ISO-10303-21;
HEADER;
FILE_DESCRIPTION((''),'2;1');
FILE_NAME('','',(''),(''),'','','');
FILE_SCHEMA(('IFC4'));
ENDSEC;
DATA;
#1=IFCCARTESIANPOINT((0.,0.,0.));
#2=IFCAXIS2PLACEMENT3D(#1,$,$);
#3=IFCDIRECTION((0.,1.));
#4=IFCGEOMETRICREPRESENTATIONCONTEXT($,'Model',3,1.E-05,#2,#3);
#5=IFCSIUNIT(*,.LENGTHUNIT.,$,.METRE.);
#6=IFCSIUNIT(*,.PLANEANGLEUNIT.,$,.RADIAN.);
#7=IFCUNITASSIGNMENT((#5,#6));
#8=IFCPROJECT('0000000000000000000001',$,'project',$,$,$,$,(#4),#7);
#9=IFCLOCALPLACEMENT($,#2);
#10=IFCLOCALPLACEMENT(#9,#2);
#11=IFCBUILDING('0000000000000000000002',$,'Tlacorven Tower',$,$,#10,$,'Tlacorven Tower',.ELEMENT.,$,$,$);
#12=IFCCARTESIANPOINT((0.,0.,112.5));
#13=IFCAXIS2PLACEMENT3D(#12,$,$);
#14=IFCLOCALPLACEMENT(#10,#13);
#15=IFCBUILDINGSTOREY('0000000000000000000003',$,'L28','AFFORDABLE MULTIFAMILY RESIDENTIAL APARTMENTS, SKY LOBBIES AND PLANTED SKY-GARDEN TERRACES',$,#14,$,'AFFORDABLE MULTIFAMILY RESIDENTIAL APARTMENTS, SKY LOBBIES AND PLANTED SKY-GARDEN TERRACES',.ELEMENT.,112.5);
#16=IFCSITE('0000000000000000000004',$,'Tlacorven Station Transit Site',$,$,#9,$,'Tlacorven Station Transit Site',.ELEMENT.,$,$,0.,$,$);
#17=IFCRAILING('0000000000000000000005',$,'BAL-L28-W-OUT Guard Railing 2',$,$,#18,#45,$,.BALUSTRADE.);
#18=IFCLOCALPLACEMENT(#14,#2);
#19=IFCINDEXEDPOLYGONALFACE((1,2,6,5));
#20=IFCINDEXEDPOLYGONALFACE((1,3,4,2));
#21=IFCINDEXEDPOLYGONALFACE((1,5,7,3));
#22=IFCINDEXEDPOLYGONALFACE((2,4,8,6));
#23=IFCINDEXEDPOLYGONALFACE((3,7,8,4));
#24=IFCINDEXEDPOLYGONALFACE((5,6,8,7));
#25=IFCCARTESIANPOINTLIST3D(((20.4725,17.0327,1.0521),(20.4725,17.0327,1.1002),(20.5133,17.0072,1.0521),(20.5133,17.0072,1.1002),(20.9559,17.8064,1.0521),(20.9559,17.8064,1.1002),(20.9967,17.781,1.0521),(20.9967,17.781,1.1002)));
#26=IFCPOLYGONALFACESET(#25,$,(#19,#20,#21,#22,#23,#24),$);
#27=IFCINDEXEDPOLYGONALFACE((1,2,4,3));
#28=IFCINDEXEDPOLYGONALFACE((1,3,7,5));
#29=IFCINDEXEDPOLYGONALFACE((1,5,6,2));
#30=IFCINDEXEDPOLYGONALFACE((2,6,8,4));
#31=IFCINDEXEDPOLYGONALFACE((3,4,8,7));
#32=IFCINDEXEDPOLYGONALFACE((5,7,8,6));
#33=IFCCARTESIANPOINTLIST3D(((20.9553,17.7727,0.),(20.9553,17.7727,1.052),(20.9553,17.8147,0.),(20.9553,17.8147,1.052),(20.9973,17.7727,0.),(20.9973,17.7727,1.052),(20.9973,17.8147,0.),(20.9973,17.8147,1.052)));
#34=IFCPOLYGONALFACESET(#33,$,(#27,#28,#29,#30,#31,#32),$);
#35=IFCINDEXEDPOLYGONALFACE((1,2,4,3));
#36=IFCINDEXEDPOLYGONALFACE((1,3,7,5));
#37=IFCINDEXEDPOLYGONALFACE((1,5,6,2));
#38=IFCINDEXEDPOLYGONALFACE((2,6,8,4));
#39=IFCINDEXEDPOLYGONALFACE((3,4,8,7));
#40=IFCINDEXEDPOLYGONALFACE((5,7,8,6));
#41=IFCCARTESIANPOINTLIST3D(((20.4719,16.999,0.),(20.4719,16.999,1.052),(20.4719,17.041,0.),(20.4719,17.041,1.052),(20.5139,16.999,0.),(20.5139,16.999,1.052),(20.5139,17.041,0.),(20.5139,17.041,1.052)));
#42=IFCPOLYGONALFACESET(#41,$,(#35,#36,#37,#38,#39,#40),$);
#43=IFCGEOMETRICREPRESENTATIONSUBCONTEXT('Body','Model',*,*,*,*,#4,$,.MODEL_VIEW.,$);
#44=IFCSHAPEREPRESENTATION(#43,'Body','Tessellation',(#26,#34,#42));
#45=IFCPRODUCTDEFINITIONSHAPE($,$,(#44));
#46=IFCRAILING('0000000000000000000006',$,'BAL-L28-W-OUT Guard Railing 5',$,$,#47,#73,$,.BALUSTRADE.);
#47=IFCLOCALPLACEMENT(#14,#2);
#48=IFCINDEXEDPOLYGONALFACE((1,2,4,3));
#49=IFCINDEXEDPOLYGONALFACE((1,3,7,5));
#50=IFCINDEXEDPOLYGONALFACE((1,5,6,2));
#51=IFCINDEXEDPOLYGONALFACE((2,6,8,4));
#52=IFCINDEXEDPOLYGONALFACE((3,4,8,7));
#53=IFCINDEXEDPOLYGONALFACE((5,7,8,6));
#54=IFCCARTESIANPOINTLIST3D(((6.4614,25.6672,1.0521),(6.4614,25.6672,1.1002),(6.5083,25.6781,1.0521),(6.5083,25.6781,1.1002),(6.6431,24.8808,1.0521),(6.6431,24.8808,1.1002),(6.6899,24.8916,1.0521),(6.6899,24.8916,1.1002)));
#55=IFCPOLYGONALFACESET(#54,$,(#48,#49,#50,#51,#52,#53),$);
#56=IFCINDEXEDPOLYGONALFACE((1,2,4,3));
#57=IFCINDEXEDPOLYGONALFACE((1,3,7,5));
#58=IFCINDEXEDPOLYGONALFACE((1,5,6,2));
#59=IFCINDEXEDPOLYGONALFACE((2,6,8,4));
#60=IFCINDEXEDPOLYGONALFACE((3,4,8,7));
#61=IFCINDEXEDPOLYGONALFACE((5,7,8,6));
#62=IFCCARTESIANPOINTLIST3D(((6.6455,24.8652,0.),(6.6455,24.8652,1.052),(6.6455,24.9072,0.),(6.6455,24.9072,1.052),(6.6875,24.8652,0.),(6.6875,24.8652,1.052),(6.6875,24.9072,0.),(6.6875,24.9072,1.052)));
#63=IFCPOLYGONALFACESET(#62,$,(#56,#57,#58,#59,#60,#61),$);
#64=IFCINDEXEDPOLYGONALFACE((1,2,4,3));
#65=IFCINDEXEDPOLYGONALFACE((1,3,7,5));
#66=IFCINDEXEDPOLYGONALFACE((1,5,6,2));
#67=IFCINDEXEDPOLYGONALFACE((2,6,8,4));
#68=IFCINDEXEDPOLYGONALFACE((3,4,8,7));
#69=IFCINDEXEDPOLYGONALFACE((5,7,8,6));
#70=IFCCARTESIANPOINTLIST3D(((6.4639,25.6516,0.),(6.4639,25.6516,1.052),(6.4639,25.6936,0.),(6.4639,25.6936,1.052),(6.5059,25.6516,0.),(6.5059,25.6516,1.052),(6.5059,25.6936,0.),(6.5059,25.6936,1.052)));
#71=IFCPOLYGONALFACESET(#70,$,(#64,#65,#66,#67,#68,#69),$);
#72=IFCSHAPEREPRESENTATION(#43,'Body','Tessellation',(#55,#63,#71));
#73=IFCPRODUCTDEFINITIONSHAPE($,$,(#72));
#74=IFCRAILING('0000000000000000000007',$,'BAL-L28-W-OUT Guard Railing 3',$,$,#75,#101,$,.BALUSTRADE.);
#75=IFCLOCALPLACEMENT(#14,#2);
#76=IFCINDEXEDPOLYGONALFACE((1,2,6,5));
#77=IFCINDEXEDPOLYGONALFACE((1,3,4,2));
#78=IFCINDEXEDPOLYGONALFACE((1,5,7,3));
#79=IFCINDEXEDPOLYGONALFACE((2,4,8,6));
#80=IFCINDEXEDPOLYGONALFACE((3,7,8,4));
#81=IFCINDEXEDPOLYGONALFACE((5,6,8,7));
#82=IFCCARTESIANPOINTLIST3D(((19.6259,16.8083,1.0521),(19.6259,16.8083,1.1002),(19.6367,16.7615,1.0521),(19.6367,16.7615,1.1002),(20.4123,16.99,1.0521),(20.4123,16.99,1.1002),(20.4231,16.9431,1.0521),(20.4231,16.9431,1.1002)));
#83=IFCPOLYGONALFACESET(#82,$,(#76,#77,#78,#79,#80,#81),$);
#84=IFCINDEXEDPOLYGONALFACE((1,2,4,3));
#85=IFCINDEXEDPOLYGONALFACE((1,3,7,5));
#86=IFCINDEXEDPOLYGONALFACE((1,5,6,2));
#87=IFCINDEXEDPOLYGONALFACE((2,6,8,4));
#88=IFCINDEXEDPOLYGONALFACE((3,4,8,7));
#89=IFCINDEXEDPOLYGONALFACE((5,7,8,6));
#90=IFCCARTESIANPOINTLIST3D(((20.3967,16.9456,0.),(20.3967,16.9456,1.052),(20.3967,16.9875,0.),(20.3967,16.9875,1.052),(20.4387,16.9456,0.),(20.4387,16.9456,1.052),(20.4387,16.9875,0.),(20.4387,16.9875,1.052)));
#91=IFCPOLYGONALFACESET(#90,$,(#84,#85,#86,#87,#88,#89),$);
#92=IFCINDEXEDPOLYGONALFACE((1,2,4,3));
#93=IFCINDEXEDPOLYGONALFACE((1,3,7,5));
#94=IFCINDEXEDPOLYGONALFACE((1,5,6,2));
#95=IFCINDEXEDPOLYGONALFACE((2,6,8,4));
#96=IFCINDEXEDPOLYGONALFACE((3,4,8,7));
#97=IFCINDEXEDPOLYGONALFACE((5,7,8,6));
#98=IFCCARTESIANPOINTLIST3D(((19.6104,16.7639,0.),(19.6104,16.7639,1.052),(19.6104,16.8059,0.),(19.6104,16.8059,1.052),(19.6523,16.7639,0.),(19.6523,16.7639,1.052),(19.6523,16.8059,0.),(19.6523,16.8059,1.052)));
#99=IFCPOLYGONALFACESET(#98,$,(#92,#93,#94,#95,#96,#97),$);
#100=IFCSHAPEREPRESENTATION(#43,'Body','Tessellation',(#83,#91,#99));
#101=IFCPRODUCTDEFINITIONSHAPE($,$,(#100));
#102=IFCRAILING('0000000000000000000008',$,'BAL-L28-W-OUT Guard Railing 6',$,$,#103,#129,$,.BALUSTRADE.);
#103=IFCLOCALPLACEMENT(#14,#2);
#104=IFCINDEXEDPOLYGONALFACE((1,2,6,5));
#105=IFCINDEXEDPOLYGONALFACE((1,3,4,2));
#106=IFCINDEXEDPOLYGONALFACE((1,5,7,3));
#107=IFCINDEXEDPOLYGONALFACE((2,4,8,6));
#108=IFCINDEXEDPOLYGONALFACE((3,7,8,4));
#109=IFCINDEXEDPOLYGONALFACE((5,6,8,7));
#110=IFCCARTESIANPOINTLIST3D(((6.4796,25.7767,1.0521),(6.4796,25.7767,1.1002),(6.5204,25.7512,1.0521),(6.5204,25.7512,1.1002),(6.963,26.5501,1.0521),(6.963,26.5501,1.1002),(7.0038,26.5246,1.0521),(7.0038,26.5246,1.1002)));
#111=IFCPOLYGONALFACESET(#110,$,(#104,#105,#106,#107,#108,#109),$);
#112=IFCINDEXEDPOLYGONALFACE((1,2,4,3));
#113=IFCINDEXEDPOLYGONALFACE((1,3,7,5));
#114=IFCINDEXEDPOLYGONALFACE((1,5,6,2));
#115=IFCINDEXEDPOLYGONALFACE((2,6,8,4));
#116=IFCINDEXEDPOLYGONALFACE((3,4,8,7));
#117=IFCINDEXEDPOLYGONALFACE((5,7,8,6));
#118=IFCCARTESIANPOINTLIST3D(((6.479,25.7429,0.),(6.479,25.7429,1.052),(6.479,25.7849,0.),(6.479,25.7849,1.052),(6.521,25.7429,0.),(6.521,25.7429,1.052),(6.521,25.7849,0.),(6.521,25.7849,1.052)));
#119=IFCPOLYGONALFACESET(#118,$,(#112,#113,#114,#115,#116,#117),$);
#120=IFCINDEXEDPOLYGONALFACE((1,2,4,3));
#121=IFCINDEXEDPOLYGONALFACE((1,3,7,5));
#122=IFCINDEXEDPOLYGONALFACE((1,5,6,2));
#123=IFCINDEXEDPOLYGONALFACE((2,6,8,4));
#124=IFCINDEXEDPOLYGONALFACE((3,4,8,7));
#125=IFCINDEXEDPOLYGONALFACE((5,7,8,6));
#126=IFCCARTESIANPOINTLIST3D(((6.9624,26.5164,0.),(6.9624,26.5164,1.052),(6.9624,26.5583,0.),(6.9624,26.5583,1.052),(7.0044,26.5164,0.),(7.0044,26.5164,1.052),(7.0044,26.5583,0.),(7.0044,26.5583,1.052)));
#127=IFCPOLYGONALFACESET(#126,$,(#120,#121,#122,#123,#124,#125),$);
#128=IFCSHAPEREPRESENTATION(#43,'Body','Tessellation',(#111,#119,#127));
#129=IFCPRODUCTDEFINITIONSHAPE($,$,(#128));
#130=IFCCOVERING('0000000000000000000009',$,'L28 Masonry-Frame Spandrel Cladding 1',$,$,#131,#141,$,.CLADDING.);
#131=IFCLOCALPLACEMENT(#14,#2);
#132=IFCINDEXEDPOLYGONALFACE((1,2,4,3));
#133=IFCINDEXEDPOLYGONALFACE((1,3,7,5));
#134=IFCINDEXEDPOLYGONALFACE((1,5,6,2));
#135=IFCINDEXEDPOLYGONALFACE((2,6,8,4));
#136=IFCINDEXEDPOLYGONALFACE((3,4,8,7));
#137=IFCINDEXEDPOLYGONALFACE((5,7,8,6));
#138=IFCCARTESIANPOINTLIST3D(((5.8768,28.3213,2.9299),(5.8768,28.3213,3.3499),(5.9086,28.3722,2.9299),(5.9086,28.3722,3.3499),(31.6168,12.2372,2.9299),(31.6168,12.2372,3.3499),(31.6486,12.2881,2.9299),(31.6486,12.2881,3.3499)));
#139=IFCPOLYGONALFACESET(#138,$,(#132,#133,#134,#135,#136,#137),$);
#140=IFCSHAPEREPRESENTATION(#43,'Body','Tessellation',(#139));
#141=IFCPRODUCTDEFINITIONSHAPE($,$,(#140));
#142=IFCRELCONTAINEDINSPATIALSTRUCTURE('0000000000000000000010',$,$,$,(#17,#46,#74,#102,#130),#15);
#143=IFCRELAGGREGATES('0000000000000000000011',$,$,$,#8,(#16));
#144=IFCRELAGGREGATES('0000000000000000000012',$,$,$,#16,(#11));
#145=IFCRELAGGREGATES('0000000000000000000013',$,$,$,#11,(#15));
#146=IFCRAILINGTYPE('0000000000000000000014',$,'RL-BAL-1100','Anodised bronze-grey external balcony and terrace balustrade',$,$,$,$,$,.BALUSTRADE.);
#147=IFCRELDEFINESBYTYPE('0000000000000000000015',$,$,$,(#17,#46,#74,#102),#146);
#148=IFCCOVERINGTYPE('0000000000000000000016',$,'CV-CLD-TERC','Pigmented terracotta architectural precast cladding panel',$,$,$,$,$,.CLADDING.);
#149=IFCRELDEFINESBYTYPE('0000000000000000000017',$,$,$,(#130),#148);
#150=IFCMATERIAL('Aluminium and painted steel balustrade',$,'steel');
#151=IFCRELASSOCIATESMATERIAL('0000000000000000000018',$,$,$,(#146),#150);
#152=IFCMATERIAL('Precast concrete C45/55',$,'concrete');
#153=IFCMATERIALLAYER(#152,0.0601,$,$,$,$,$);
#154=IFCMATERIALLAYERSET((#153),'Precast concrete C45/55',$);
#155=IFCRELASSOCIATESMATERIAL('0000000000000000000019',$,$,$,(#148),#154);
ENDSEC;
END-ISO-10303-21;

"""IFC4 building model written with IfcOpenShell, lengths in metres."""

from ifc_helpers import new_model, si_unit, direction, frame, origin, origin_2d, place, context, subcontext, project, spatial, rectangle, extrude, source, transform, mapped, material, layer, layer_set, type_object, element, save


model = new_model("IFC4")

# Units and contexts
model_context = context("Model", 3, precision=1e-05, world=origin(), true_north=direction((0.0, 1.0)))
body_context = subcontext(model_context, "Body", "Model", "MODEL_VIEW")
ifc_project = project(units=[si_unit("LENGTHUNIT", "METRE"), si_unit("PLANEANGLEUNIT", "RADIAN")], contexts=[model_context])

# Site, building, storey
site_placement = place(None, origin())
site = spatial("IfcSite", under=ifc_project, at=site_placement, Name="Tlacorven Station Transit Site", LongName="Tlacorven Station Transit Site", CompositionType="ELEMENT", RefElevation=0.0)
building_placement = place(site_placement, origin())
building = spatial("IfcBuilding", under=site, at=building_placement, Name="Tlacorven Tower", LongName="Tlacorven Tower", CompositionType="ELEMENT")
storey_placement = place(building_placement, frame((0.0, 0.0, 112.5)))
storey = spatial("IfcBuildingStorey", under=building, at=storey_placement, Name="L28", Description="AFFORDABLE MULTIFAMILY RESIDENTIAL APARTMENTS, SKY LOBBIES AND PLANTED SKY-GARDEN TERRACES", LongName="AFFORDABLE MULTIFAMILY RESIDENTIAL APARTMENTS, SKY LOBBIES AND PLANTED SKY-GARDEN TERRACES", CompositionType="ELEMENT", Elevation=112.5)

# Shared definitions
ifc_material_1 = material(Name="Precast concrete C45/55", Category="concrete")

# Railings
ifc_material_2 = material(Name="Aluminium and painted steel balustrade", Category="steel")
railing_type = type_object("IfcRailingType", Name="RL-BAL-1100", Description="Anodised bronze-grey external balcony and terrace balustrade", PredefinedType="BALUSTRADE", material=ifc_material_2)
shared_shape_1 = source(origin(), body_context, "Body", "SweptSolid", [
    extrude(rectangle(XDim=0.0481, YDim=0.0481, at=origin_2d()), frame((0.0, 0.0, 1.0762), z_axis=(-0.529879, -0.848073, 0.0), x_axis=(0.848073, -0.529879, 0.0)), (0.0, 0.0, 1.0), 0.9124),
    extrude(rectangle(XDim=0.042, YDim=0.042, at=origin_2d()), origin(), (0.0, 0.0, 1.0), 1.052),
    extrude(rectangle(XDim=0.042, YDim=0.042, at=origin_2d()), frame((-0.4834, -0.7737, 0.0)), (0.0, 0.0, 1.0), 1.052),
])
railing_1_placement = place(storey_placement, frame((20.9763, 17.7937, 0.0)))
element("IfcRailing", 1, at=railing_1_placement, inside=storey, type_object=railing_type, Name="BAL-L28-W-OUT Guard Railing 2", PredefinedType="BALUSTRADE", context=body_context, shape_type="MappedRepresentation", body=[
    mapped(shared_shape_1, transform((0.0, 0.0, 0.0), scale=1.0)),
])
shared_shape_2 = source(origin(), body_context, "Body", "SweptSolid", [
    extrude(rectangle(XDim=0.0481, YDim=0.0481, at=origin_2d()), frame((0.0, 0.0, 1.0762), z_axis=(-0.225058, 0.974345, 0.0), x_axis=(-0.974345, -0.225058, 0.0)), (0.0, 0.0, 1.0), 0.8071),
    extrude(rectangle(XDim=0.042, YDim=0.042, at=origin_2d()), origin(), (0.0, 0.0, 1.0), 1.052),
    extrude(rectangle(XDim=0.042, YDim=0.042, at=origin_2d()), frame((-0.1816, 0.7864, 0.0)), (0.0, 0.0, 1.0), 1.052),
])
railing_2_placement = place(storey_placement, frame((6.6665, 24.8862, 0.0)))
element("IfcRailing", 2, at=railing_2_placement, inside=storey, type_object=railing_type, Name="BAL-L28-W-OUT Guard Railing 5", PredefinedType="BALUSTRADE", context=body_context, shape_type="MappedRepresentation", body=[
    mapped(shared_shape_2, transform((0.0, 0.0, 0.0), scale=1.0)),
])
shared_shape_3 = source(origin(), body_context, "Body", "SweptSolid", [
    extrude(rectangle(XDim=0.0481, YDim=0.0481, at=origin_2d()), frame((0.0, 0.0, 1.0762), z_axis=(-0.974345, -0.225058, 0.0), x_axis=(0.225058, -0.974345, 0.0)), (0.0, 0.0, 1.0), 0.8071),
    extrude(rectangle(XDim=0.042, YDim=0.042, at=origin_2d()), origin(), (0.0, 0.0, 1.0), 1.052),
    extrude(rectangle(XDim=0.042, YDim=0.042, at=origin_2d()), frame((-0.7864, -0.1816, 0.0)), (0.0, 0.0, 1.0), 1.052),
])
railing_3_placement = place(storey_placement, frame((20.4177, 16.9666, 0.0)))
element("IfcRailing", 3, at=railing_3_placement, inside=storey, type_object=railing_type, Name="BAL-L28-W-OUT Guard Railing 3", PredefinedType="BALUSTRADE", context=body_context, shape_type="MappedRepresentation", body=[
    mapped(shared_shape_3, transform((0.0, 0.0, 0.0), scale=1.0)),
])
shared_shape_4 = source(origin(), body_context, "Body", "SweptSolid", [
    extrude(rectangle(XDim=0.0481, YDim=0.0481, at=origin_2d()), frame((0.0, 0.0, 1.0762), z_axis=(0.529999, 0.847998, 0.0), x_axis=(-0.847998, 0.529999, 0.0)), (0.0, 0.0, 1.0), 0.9121),
    extrude(rectangle(XDim=0.042, YDim=0.042, at=origin_2d()), origin(), (0.0, 0.0, 1.0), 1.052),
    extrude(rectangle(XDim=0.042, YDim=0.042, at=origin_2d()), frame((0.4834, 0.7734, 0.0)), (0.0, 0.0, 1.0), 1.052),
])
railing_4_placement = place(storey_placement, frame((6.5, 25.7639, 0.0)))
element("IfcRailing", 4, at=railing_4_placement, inside=storey, type_object=railing_type, Name="BAL-L28-W-OUT Guard Railing 6", PredefinedType="BALUSTRADE", context=body_context, shape_type="MappedRepresentation", body=[
    mapped(shared_shape_4, transform((0.0, 0.0, 0.0), scale=1.0)),
])

# Covering
ifc_layer_1 = layer(ifc_material_1, 0.0601)
ifc_layer_set_1 = layer_set([ifc_layer_1], Name="Precast concrete C45/55")
covering_type = type_object("IfcCoveringType", Name="CV-CLD-TERC", Description="Pigmented terracotta architectural precast cladding panel", PredefinedType="CLADDING", material=ifc_layer_set_1)
shared_shape_5 = source(origin(), body_context, "Body", "SweptSolid", [
    extrude(rectangle(XDim=30.3521, YDim=0.0601, at=origin_2d()), origin(), (0.0, 0.0, 1.0), 0.4199),
])
covering_placement = place(storey_placement, frame((18.7627, 20.3047, 2.9299), z_axis=(0.0, 0.0, 1.0), x_axis=(-0.848048, 0.529919, 0.0)))
element("IfcCovering", 5, at=covering_placement, inside=storey, type_object=covering_type, Name="L28 Masonry-Frame Spandrel Cladding 1", PredefinedType="CLADDING", context=body_context, shape_type="MappedRepresentation", body=[
    mapped(shared_shape_5, transform((0.0, 0.0, 0.0), scale=1.0)),
])

save(model, "model.ifc")
